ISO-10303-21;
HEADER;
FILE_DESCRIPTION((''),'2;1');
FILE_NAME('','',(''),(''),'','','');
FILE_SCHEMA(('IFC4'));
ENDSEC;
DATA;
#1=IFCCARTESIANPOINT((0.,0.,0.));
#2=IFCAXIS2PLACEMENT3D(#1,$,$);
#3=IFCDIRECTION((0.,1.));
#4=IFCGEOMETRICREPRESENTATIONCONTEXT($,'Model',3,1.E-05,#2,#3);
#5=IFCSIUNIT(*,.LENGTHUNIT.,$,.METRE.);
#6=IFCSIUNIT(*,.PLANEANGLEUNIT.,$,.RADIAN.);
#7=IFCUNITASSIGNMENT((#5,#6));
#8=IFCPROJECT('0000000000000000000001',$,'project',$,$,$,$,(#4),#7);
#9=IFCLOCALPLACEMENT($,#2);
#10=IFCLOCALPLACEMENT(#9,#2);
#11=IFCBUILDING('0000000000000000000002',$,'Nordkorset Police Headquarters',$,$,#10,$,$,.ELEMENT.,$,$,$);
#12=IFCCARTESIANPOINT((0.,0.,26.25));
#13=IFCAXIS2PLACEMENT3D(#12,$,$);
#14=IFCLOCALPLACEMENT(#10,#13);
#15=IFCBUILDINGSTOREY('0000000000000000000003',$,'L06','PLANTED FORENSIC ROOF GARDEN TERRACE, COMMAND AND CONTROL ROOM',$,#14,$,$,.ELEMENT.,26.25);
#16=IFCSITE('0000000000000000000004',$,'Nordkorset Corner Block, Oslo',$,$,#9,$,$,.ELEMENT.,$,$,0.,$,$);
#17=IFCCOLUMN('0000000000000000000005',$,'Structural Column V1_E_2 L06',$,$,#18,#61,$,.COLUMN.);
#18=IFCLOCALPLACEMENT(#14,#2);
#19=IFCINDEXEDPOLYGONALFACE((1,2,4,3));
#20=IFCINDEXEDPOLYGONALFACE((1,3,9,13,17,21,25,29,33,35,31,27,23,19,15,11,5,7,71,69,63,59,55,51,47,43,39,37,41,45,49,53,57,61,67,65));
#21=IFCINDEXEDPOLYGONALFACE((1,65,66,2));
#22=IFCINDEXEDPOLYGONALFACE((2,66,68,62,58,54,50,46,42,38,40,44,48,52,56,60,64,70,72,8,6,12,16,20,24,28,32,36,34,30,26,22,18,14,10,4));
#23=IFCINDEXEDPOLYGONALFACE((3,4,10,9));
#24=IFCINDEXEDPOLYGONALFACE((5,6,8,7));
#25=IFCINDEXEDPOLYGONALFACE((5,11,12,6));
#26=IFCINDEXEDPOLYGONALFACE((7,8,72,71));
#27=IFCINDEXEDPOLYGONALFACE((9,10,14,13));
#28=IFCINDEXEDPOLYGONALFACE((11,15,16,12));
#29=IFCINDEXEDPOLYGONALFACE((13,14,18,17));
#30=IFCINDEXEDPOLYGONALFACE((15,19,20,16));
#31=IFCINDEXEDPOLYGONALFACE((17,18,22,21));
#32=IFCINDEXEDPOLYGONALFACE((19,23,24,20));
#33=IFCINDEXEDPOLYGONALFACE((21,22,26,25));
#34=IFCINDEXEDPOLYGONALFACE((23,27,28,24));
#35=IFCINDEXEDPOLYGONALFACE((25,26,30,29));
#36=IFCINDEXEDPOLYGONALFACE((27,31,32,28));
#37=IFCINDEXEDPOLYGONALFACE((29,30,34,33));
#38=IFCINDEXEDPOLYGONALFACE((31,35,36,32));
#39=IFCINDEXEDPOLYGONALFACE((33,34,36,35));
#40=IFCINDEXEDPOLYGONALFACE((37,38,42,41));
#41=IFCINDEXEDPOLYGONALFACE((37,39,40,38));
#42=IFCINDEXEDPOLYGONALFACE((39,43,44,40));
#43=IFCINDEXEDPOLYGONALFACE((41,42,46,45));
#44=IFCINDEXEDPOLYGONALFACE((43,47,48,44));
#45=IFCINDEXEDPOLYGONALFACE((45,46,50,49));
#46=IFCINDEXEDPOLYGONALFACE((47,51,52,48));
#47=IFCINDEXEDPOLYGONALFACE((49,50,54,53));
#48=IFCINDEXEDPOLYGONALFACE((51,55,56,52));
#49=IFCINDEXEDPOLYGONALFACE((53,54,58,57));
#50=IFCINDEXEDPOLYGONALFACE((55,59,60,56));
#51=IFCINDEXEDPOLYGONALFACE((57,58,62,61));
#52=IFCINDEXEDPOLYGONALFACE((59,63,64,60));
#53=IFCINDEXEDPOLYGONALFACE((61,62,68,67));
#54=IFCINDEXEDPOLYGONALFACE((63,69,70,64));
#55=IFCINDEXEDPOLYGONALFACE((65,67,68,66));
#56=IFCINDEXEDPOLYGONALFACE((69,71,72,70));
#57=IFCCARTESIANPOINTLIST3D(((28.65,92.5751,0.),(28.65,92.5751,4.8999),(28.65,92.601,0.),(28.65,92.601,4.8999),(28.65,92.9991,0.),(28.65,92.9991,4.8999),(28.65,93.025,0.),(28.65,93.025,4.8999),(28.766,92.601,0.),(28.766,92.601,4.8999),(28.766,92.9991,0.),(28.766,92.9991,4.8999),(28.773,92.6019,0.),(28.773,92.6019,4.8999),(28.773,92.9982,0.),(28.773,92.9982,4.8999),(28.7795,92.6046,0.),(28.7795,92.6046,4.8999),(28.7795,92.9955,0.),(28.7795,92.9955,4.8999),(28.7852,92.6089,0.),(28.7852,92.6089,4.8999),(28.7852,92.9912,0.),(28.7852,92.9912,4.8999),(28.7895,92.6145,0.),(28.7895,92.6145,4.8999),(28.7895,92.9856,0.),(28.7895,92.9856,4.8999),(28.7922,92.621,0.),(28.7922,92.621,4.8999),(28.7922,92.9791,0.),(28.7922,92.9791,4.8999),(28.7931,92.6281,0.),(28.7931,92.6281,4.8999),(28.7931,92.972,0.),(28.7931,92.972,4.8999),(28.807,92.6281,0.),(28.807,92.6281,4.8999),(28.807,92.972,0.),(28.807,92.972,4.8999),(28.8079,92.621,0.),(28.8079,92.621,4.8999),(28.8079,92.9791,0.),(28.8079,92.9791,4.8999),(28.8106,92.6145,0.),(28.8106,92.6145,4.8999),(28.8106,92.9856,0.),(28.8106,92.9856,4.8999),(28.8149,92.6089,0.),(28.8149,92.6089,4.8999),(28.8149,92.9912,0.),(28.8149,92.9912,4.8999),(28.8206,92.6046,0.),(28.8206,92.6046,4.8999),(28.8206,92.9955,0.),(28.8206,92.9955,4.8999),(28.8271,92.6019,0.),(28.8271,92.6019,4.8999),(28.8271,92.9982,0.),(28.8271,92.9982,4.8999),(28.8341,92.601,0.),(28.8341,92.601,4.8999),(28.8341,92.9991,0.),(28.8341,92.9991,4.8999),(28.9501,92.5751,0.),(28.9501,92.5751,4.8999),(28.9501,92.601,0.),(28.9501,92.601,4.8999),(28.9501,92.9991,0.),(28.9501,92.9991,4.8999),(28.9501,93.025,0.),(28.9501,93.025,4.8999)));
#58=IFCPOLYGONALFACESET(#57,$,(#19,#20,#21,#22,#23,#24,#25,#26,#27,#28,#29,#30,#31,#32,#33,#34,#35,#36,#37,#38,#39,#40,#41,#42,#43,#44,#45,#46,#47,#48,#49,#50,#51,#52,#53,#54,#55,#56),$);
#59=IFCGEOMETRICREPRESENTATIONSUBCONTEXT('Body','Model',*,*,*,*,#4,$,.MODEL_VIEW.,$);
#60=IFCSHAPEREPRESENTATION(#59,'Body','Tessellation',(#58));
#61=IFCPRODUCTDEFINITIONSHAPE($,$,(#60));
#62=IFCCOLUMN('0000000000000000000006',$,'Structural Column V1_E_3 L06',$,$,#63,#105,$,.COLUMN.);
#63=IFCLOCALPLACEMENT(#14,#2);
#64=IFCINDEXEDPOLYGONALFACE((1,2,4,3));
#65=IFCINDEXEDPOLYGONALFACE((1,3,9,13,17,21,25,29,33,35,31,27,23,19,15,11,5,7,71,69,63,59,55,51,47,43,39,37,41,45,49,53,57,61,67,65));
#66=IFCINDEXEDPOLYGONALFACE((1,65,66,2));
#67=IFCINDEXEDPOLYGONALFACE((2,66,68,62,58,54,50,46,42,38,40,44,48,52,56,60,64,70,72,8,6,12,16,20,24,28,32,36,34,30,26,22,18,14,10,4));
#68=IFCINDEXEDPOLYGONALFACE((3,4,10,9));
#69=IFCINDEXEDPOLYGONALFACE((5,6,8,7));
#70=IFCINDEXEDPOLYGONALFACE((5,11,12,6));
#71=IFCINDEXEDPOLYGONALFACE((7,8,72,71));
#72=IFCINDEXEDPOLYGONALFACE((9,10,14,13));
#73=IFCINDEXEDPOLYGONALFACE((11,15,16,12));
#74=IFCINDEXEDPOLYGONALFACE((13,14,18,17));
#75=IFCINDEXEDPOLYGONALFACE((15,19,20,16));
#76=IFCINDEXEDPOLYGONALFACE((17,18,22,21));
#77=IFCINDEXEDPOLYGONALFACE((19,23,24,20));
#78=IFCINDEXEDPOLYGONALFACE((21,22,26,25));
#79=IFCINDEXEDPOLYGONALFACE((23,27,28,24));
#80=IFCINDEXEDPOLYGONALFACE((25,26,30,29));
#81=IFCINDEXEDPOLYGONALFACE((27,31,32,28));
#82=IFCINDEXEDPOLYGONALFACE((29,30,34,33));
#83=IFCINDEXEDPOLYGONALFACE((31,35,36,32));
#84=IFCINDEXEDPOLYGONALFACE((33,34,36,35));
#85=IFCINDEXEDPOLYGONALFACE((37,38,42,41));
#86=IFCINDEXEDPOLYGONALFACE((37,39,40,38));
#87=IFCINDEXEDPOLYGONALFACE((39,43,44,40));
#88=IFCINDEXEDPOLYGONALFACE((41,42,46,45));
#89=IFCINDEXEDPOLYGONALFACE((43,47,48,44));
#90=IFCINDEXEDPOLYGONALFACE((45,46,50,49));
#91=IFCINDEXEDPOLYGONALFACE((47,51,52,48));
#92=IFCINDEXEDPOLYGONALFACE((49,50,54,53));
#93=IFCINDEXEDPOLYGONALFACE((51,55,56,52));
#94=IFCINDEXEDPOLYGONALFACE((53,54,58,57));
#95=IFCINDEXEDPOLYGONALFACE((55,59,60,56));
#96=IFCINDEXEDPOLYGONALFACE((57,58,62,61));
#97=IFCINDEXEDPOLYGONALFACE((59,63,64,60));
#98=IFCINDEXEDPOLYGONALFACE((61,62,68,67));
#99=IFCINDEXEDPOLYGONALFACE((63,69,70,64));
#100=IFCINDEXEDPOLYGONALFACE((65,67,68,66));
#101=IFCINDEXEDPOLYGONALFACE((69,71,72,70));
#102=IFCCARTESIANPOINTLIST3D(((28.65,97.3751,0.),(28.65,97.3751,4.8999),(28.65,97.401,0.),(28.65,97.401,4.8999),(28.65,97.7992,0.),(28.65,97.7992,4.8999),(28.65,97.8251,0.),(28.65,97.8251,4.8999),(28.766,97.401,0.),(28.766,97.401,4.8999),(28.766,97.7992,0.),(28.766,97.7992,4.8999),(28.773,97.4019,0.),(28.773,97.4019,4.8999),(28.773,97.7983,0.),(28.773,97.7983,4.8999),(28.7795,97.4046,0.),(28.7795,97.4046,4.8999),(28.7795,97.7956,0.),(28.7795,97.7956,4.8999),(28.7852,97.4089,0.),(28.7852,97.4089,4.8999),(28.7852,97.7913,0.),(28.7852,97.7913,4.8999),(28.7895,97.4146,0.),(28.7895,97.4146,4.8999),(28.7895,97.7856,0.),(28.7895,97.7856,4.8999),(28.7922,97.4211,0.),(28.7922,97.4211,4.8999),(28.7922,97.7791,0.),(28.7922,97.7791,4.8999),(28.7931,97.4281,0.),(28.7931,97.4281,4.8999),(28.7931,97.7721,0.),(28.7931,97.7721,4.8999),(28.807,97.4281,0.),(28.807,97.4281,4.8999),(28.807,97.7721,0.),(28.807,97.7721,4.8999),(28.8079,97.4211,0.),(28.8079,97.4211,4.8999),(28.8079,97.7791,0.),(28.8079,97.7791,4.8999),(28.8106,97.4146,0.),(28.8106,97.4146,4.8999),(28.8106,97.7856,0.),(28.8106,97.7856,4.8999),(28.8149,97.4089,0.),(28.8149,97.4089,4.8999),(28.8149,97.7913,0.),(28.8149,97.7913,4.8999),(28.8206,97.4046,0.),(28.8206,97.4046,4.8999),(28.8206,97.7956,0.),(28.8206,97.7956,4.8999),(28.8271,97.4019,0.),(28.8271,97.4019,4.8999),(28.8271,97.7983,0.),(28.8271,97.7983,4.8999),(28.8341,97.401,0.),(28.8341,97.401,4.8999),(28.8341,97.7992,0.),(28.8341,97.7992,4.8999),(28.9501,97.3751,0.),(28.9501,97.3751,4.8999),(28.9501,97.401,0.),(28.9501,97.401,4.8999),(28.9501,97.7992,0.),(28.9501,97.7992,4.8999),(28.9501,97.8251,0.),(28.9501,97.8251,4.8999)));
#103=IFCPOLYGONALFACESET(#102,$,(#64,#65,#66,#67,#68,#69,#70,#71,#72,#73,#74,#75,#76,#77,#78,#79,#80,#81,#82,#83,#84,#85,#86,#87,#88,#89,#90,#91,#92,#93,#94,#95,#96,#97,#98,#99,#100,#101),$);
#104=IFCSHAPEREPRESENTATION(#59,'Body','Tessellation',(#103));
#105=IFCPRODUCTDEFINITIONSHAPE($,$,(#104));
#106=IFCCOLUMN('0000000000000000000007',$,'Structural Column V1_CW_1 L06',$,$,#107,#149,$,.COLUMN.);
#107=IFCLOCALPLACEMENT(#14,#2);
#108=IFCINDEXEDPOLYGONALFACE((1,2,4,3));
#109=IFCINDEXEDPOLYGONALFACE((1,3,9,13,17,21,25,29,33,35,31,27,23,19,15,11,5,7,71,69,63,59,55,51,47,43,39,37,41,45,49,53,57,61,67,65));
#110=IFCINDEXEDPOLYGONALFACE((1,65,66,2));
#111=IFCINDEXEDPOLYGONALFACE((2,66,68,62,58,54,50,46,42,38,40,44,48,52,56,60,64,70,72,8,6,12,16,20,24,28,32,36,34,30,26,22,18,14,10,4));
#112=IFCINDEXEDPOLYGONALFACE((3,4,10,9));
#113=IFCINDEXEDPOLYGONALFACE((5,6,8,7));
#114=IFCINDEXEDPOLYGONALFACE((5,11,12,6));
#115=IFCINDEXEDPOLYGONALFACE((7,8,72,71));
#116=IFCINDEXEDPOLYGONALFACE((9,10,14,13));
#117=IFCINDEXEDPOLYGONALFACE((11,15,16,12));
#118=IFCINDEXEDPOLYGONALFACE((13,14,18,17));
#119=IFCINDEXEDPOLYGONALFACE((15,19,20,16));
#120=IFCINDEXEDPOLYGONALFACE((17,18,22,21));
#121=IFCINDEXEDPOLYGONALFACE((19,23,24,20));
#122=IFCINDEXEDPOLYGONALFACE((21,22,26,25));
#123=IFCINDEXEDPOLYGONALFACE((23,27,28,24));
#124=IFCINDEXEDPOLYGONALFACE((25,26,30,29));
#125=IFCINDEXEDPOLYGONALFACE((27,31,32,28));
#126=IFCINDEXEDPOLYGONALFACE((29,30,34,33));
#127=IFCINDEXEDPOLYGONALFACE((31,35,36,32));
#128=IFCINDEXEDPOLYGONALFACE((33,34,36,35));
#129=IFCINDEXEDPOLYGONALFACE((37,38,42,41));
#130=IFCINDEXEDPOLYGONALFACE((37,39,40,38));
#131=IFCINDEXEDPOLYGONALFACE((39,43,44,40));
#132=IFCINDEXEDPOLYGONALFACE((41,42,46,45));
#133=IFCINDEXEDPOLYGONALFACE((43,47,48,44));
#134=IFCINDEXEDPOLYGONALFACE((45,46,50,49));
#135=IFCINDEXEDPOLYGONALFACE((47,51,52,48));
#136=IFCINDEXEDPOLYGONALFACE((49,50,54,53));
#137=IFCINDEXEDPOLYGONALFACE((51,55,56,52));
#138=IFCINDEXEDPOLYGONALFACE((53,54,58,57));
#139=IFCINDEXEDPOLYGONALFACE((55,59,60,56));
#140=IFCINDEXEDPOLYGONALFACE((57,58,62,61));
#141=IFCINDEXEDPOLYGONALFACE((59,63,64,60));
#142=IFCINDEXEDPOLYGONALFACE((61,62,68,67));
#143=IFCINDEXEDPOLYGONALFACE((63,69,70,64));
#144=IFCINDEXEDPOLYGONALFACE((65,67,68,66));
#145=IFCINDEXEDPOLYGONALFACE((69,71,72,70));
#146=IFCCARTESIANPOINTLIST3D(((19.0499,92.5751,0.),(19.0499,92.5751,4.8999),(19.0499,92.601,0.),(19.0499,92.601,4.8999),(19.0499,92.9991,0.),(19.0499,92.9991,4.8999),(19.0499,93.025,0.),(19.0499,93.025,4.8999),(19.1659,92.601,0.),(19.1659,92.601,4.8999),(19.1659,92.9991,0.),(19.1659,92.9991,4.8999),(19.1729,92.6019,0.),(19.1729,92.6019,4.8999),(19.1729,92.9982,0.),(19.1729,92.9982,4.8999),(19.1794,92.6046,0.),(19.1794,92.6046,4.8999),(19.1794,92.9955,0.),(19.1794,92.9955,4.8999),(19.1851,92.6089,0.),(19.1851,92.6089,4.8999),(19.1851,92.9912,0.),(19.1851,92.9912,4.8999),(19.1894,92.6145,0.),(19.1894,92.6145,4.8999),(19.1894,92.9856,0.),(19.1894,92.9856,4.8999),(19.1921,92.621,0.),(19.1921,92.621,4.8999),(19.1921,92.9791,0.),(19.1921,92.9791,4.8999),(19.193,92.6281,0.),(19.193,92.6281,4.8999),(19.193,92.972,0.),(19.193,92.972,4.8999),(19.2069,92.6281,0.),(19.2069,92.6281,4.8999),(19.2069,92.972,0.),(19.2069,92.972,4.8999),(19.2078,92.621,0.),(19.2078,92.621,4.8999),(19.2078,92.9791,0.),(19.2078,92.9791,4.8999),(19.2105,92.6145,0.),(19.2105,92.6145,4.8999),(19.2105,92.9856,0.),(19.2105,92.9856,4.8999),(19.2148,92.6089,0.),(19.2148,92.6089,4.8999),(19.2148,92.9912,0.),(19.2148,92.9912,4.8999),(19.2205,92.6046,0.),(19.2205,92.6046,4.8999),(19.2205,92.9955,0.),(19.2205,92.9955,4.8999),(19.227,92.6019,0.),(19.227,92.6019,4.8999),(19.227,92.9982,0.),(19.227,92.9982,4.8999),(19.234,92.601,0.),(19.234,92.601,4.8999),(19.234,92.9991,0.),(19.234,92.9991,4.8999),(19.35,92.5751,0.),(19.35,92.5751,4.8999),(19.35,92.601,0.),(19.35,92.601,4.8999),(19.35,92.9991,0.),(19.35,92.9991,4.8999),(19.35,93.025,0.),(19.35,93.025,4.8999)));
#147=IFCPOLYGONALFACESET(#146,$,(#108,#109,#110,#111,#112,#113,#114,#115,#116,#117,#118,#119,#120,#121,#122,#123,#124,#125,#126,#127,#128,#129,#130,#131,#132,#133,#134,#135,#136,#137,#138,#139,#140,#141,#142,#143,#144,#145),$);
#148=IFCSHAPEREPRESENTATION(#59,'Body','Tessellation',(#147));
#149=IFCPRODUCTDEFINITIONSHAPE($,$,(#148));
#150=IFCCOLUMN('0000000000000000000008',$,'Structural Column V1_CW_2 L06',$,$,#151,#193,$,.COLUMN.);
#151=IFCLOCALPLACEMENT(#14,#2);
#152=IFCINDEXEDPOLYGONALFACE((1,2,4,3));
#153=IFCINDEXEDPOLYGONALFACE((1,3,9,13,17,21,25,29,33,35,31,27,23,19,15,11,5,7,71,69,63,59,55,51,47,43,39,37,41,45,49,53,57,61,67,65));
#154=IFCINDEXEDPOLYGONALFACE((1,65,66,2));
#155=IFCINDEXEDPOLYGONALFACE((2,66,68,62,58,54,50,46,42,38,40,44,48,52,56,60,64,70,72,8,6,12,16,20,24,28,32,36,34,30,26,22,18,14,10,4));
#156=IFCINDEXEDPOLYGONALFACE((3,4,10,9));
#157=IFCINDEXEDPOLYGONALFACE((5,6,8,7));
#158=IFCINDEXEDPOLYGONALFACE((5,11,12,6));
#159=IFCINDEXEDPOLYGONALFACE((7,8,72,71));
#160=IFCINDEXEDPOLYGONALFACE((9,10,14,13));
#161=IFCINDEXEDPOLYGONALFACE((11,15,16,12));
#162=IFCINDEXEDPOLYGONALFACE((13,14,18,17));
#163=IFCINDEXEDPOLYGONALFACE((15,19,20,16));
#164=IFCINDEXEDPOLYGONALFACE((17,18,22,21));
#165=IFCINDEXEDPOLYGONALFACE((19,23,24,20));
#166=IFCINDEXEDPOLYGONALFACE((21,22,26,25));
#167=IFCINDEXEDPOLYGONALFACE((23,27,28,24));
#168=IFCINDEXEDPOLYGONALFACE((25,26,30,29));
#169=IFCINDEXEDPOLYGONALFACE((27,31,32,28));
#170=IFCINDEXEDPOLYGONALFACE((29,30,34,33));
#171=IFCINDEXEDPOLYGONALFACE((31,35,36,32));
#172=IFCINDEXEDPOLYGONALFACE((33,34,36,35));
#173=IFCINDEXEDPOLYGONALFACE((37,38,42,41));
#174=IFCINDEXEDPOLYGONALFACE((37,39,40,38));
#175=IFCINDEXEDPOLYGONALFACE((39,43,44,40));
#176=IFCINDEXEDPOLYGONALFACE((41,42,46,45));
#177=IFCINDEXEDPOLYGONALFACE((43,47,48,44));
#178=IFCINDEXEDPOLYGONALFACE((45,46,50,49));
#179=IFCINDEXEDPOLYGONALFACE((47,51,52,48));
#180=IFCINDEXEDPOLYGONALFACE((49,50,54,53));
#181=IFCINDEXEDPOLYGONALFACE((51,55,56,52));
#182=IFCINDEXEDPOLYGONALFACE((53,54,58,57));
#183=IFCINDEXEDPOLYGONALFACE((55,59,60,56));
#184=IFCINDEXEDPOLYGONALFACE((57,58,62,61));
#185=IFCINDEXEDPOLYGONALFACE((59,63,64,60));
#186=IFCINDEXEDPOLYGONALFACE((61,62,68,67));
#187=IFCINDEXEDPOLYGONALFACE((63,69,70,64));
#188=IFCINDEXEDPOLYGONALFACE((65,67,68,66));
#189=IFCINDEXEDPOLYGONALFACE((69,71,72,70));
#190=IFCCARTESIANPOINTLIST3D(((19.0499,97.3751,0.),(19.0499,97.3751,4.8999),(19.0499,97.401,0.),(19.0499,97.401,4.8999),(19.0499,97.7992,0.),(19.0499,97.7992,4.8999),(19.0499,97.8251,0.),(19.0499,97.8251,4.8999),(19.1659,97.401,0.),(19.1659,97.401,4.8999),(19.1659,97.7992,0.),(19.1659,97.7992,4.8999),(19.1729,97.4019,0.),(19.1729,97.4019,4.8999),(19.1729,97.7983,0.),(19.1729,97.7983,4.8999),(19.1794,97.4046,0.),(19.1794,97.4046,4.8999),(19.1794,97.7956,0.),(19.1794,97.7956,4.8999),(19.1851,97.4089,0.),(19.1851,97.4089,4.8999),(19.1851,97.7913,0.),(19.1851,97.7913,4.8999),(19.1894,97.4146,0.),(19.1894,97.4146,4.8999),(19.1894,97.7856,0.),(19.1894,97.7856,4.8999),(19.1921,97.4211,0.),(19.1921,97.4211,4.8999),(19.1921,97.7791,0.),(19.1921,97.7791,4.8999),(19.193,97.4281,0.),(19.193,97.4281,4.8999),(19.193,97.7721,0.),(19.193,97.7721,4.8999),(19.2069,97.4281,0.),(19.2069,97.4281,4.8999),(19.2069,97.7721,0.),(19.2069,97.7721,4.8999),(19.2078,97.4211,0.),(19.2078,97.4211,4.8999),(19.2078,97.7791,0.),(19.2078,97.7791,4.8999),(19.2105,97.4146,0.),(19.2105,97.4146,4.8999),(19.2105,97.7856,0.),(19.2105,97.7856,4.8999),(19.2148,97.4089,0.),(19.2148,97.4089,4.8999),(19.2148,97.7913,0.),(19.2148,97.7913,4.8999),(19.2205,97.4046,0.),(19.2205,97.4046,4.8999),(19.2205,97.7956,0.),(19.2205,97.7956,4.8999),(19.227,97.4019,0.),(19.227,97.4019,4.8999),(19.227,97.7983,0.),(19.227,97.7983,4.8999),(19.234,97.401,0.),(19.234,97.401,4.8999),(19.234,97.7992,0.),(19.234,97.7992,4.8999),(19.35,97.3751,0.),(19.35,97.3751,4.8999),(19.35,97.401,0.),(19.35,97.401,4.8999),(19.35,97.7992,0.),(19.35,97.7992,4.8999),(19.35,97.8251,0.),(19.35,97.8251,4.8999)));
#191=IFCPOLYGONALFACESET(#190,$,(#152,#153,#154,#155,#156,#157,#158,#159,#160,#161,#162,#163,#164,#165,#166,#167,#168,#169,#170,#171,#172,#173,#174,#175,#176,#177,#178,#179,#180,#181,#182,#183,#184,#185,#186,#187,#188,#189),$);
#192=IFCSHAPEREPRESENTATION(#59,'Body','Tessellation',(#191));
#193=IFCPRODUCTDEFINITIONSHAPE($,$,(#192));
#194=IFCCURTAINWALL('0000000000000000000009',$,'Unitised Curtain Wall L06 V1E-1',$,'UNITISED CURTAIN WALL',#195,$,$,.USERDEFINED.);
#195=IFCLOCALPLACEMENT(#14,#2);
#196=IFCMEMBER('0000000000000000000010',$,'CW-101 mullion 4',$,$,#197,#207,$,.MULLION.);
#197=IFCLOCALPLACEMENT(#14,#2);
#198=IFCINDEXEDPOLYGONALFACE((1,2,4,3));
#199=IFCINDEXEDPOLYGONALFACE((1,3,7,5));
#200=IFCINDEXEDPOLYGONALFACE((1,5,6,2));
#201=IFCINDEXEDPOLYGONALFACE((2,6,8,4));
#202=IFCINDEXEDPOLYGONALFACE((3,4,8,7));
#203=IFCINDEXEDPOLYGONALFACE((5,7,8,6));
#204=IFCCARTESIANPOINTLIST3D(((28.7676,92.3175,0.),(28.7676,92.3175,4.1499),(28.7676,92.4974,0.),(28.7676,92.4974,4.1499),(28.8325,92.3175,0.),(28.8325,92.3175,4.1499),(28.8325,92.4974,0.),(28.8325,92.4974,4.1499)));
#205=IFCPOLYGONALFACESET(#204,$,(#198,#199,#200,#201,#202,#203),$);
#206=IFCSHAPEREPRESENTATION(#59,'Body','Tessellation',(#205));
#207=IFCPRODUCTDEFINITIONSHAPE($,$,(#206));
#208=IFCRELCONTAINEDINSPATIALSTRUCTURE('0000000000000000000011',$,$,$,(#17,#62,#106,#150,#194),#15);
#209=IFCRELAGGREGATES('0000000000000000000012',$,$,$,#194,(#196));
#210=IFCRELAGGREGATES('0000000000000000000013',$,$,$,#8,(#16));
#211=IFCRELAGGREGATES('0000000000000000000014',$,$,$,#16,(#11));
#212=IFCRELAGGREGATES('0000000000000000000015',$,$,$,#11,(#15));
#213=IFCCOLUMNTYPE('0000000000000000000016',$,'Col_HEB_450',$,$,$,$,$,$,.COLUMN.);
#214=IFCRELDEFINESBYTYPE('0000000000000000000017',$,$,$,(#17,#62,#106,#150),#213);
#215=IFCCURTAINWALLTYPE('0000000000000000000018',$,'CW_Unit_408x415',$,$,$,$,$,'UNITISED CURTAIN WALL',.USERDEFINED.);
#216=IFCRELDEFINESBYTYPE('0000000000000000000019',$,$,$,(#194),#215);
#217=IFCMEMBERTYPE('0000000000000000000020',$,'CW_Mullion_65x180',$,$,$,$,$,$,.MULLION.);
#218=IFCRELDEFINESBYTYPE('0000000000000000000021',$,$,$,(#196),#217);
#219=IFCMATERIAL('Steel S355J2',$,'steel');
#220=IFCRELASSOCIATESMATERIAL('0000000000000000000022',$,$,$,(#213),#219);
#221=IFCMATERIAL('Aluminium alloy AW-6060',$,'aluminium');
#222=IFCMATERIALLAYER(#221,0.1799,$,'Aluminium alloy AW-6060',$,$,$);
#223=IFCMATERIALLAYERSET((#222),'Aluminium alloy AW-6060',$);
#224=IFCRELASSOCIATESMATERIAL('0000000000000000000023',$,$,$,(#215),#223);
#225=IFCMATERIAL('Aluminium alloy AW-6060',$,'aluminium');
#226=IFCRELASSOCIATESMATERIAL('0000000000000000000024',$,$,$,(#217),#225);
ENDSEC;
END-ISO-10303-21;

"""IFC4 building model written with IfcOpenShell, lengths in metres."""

from ifc_helpers import new_model, si_unit, direction, frame, origin, origin_2d, place, context, subcontext, project, spatial, rectangle, i_section, extrude, material, layer, layer_set, material_profile, profile_set, type_object, element, aggregate, save


model = new_model("IFC4")

# Units and contexts
model_context = context("Model", 3, precision=1e-05, world=origin(), true_north=direction((0.0, 1.0)))
body_context = subcontext(model_context, "Body", "Model", "MODEL_VIEW")
ifc_project = project(units=[si_unit("LENGTHUNIT", "METRE"), si_unit("PLANEANGLEUNIT", "RADIAN")], contexts=[model_context])

# Site, building, storey
site_placement = place(None, origin())
site = spatial("IfcSite", under=ifc_project, at=site_placement, Name="Nordkorset Corner Block, Oslo", CompositionType="ELEMENT", RefElevation=0.0)
building_placement = place(site_placement, origin())
building = spatial("IfcBuilding", under=site, at=building_placement, Name="Nordkorset Police Headquarters", CompositionType="ELEMENT")
storey_placement = place(building_placement, frame((0.0, 0.0, 26.25)))
storey = spatial("IfcBuildingStorey", under=building, at=storey_placement, Name="L06", Description="PLANTED FORENSIC ROOF GARDEN TERRACE, COMMAND AND CONTROL ROOM", CompositionType="ELEMENT", Elevation=26.25)

# Columns
ifc_material_1 = material(Name="Steel S355J2", Category="steel")
ifc_material_profile_1 = material_profile(ifc_material_1, i_section(OverallWidth=0.3, OverallDepth=0.45, WebThickness=0.0139, FlangeThickness=0.0259, FilletRadius=0.0271, at=origin_2d()), Name="HEB 450")
ifc_profile_set_1 = profile_set([ifc_material_profile_1], Name="Steel S355J2")
column_type = type_object("IfcColumnType", Name="Col_HEB_450", PredefinedType="COLUMN", material=ifc_profile_set_1)
for number, where, z_axis, x_axis, name in (
    (1, (28.8, 92.8, 0.0), (0.0, 0.0, 1.0), (1.0, 0.0, 0.0), "Structural Column V1_E_2 L06"),
    (2, (28.8, 97.6001, 0.0), (0.0, 0.0, 1.0), (1.0, 0.0, 0.0), "Structural Column V1_E_3 L06"),
    (3, (19.2, 92.8, 0.0), (0.0, 0.0, 1.0), (1.0, 0.0, 0.0), "Structural Column V1_CW_1 L06"),
    (4, (19.2, 97.6001, 0.0), (0.0, 0.0, 1.0), (1.0, 0.0, 0.0), "Structural Column V1_CW_2 L06"),
):
    element("IfcColumn", number, at=place(storey_placement, frame(where, z_axis=z_axis, x_axis=x_axis)), inside=storey, type_object=column_type, Name=name, PredefinedType="COLUMN", context=body_context, shape_type="SweptSolid", body=[
        extrude(i_section(OverallWidth=0.3, OverallDepth=0.45, WebThickness=0.0139, FlangeThickness=0.0259, FilletRadius=0.0271, at=origin_2d()), origin(), (0.0, 0.0, 1.0), 4.8999),
    ])

# Curtain wall, member
ifc_material_2 = material(Name="Aluminium alloy AW-6060", Category="aluminium")
ifc_layer_1 = layer(ifc_material_2, 0.1799, Name="Aluminium alloy AW-6060")
ifc_layer_set_1 = layer_set([ifc_layer_1], Name="Aluminium alloy AW-6060")
curtain_wall_type = type_object("IfcCurtainWallType", Name="CW_Unit_408x415", ElementType="UNITISED CURTAIN WALL", PredefinedType="USERDEFINED", material=ifc_layer_set_1)
curtain_wall_1_placement = place(storey_placement, origin())
curtain_wall_1 = element("IfcCurtainWall", 5, at=curtain_wall_1_placement, inside=storey, type_object=curtain_wall_type, Name="Unitised Curtain Wall L06 V1E-1", ObjectType="UNITISED CURTAIN WALL", PredefinedType="USERDEFINED")
ifc_material_3 = material(Name="Aluminium alloy AW-6060", Category="aluminium")
ifc_material_profile_2 = material_profile(ifc_material_3, rectangle(XDim=0.0649, YDim=0.1799, at=origin_2d()), Name="ALU MULL 65x180")
ifc_profile_set_2 = profile_set([ifc_material_profile_2], Name="Aluminium alloy AW-6060")
member_type_1 = type_object("IfcMemberType", Name="CW_Mullion_65x180", PredefinedType="MULLION", material=ifc_profile_set_2)
member_1_placement = place(storey_placement, frame((28.8, 92.4075, 0.0), z_axis=(0.0, 0.0, 1.0), x_axis=(-1.0, 0.0, 0.0)))
member_1 = element("IfcMember", 6, at=member_1_placement, type_object=member_type_1, Name="CW-101 mullion 4", PredefinedType="MULLION", context=body_context, shape_type="SweptSolid", body=[
    extrude(rectangle(XDim=0.0649, YDim=0.1799, at=origin_2d()), origin(), (0.0, 0.0, 1.0), 4.1499),
])

aggregate(curtain_wall_1, [member_1])

save(model, "model.ifc")
